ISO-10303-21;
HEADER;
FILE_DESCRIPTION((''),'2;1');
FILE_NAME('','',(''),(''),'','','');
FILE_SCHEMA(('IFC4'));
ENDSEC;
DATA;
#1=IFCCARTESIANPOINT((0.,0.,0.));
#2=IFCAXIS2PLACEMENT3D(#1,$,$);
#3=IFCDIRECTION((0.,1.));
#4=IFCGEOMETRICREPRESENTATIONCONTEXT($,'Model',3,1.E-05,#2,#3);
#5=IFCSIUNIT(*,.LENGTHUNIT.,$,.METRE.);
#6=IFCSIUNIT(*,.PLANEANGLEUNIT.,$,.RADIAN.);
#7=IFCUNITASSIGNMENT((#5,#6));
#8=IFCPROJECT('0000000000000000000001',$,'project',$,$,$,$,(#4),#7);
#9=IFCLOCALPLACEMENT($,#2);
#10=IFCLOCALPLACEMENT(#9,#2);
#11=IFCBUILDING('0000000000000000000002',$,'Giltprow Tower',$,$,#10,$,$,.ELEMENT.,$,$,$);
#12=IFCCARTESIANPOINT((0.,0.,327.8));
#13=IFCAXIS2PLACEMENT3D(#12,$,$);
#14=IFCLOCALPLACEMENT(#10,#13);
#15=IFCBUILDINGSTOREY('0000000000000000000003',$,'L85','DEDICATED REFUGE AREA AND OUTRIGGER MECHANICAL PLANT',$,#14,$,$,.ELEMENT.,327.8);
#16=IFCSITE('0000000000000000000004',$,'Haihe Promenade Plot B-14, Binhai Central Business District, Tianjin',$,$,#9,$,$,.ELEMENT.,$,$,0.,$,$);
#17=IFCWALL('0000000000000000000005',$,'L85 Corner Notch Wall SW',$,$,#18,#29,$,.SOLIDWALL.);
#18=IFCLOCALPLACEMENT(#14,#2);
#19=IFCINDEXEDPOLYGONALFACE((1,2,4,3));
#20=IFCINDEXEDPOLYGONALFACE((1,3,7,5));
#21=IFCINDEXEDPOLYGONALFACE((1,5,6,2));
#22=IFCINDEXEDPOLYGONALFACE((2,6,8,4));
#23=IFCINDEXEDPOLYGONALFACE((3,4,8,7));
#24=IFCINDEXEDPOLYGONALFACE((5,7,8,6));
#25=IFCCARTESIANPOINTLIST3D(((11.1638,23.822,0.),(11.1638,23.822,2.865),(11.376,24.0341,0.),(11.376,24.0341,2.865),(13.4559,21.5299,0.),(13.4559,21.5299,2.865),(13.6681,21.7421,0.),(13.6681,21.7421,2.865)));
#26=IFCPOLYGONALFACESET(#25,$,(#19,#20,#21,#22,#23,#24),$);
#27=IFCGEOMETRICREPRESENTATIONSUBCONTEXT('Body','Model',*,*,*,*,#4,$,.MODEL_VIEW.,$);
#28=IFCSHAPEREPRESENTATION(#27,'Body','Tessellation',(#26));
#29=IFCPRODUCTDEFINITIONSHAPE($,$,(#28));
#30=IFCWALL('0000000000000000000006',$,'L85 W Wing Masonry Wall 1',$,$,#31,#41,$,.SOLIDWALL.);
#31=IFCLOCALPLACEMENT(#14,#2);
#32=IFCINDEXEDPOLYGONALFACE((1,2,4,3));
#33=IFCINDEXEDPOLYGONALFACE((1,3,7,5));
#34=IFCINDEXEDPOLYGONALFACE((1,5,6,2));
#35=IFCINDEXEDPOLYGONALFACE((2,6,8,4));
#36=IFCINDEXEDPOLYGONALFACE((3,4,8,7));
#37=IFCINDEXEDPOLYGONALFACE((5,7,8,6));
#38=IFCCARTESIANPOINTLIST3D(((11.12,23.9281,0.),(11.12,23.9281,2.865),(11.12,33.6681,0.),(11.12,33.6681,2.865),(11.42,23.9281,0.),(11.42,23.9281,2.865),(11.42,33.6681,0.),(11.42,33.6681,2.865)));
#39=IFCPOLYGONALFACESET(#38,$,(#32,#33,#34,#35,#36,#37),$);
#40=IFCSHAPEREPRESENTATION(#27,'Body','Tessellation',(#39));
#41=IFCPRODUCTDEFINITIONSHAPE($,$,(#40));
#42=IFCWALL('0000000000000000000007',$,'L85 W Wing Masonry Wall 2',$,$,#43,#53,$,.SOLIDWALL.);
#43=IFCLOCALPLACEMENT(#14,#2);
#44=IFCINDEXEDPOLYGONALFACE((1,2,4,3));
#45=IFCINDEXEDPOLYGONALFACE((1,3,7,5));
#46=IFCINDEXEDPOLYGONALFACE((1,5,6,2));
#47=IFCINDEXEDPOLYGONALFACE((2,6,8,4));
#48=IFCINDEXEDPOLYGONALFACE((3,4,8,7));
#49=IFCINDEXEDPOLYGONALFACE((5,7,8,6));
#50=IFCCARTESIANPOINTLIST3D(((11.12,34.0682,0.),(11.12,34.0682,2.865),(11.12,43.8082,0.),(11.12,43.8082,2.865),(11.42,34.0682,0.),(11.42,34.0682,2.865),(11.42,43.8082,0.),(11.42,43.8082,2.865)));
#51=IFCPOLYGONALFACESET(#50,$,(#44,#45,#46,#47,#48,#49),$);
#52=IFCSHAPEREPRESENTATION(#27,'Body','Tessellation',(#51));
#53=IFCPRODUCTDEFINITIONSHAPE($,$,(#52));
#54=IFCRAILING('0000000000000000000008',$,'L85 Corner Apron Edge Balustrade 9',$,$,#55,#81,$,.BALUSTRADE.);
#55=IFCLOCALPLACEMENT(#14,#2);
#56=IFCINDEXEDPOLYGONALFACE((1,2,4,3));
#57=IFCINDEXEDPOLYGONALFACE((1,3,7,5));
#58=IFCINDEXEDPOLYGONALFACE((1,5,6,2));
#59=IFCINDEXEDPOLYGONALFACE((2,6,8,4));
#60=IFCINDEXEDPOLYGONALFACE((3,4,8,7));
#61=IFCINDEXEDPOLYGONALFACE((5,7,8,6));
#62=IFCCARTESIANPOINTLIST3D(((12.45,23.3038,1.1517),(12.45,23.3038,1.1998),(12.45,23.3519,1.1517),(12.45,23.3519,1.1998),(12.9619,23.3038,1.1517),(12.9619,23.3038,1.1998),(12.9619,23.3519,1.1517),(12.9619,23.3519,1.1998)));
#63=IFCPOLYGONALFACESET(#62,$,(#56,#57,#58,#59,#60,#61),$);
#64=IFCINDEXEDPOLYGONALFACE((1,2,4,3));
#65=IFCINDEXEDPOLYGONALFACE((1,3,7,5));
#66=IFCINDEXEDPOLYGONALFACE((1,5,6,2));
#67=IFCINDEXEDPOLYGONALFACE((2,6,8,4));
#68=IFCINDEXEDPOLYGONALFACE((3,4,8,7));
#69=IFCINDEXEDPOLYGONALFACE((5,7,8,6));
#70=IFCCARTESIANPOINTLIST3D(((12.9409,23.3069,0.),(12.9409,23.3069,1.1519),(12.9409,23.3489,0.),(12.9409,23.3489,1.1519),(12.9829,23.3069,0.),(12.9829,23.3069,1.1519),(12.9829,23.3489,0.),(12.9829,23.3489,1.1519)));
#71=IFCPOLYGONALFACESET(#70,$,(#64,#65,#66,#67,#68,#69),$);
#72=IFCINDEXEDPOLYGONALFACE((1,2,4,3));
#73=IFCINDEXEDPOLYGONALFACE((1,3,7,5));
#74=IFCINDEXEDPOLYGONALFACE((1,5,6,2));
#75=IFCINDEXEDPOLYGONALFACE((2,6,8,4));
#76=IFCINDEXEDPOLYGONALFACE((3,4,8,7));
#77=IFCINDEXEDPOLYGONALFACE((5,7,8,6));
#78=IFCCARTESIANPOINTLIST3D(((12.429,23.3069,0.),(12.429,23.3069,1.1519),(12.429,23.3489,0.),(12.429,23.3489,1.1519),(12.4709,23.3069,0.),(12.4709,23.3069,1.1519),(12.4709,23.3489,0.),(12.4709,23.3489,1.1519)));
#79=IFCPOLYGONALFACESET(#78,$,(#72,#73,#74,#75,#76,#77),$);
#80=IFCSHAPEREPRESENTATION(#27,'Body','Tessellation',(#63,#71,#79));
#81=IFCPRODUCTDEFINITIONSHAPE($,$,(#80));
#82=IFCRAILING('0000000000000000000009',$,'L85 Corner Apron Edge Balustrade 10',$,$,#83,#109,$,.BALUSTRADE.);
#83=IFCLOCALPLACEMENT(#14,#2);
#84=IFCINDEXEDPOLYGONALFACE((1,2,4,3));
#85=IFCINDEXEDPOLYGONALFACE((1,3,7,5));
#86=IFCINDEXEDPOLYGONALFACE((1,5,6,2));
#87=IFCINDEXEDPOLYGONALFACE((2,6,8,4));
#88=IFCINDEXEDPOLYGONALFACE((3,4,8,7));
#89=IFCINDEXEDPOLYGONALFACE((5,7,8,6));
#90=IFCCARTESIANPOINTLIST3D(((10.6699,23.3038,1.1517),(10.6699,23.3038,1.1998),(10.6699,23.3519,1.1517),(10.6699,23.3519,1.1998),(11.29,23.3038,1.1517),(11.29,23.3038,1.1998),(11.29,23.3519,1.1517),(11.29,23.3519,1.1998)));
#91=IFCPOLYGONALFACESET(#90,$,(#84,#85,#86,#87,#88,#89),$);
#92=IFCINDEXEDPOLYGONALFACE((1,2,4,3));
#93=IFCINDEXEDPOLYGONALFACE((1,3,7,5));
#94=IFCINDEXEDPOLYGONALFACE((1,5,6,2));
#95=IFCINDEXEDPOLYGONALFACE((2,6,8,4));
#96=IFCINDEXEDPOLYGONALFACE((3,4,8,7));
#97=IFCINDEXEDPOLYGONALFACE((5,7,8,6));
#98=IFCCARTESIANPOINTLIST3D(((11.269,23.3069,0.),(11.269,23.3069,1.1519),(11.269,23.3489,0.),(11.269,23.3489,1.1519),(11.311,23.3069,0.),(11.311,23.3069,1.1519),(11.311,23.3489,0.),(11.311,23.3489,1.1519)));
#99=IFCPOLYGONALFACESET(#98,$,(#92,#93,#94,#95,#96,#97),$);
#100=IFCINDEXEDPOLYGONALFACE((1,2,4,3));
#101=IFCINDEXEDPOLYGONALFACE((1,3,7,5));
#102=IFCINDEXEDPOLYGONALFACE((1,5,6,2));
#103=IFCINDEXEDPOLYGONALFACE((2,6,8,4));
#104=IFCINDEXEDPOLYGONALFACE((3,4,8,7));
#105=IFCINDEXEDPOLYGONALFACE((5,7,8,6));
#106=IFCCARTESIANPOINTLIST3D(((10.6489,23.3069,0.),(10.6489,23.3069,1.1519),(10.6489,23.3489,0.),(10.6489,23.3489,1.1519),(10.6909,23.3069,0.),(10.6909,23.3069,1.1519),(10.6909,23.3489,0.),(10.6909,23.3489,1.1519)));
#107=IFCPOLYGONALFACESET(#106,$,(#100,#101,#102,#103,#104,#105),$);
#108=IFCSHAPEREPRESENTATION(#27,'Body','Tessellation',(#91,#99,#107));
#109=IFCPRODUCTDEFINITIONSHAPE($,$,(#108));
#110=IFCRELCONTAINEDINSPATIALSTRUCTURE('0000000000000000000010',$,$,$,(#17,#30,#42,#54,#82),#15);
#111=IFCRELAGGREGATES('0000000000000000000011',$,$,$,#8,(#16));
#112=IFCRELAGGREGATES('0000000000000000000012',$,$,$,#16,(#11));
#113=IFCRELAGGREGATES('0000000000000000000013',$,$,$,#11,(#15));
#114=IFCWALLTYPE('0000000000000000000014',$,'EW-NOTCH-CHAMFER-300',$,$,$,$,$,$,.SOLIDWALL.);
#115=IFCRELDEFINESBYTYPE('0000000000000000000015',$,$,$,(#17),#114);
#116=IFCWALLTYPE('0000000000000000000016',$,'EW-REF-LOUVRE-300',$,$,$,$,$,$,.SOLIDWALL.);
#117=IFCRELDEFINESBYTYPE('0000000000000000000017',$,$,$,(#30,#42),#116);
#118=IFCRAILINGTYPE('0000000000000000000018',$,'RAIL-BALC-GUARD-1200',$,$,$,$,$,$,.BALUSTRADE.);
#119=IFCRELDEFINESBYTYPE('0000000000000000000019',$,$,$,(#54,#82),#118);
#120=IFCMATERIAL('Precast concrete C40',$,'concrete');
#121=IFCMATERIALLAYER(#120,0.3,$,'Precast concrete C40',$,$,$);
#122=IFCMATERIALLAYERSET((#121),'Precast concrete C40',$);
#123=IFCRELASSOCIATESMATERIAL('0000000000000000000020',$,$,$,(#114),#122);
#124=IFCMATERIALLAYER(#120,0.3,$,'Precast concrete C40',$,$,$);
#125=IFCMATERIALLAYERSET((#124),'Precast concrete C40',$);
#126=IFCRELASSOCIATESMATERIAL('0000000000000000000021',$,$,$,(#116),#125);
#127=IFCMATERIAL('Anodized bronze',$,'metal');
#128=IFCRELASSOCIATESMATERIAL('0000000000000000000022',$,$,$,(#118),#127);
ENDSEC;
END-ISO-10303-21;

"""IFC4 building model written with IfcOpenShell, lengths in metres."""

from ifc_helpers import new_model, si_unit, direction, frame, frame_2d, origin, origin_2d, place, context, subcontext, project, spatial, rectangle, extrude, material, layer, layer_set, type_object, element, save


model = new_model("IFC4")

# Units and contexts
model_context = context("Model", 3, precision=1e-05, world=origin(), true_north=direction((0.0, 1.0)))
body_context = subcontext(model_context, "Body", "Model", "MODEL_VIEW")
ifc_project = project(units=[si_unit("LENGTHUNIT", "METRE"), si_unit("PLANEANGLEUNIT", "RADIAN")], contexts=[model_context])

# Site, building, storey
site_placement = place(None, origin())
site = spatial("IfcSite", under=ifc_project, at=site_placement, Name="Haihe Promenade Plot B-14, Binhai Central Business District, Tianjin", CompositionType="ELEMENT", RefElevation=0.0)
building_placement = place(site_placement, origin())
building = spatial("IfcBuilding", under=site, at=building_placement, Name="Giltprow Tower", CompositionType="ELEMENT")
storey_placement = place(building_placement, frame((0.0, 0.0, 327.8)))
storey = spatial("IfcBuildingStorey", under=building, at=storey_placement, Name="L85", Description="DEDICATED REFUGE AREA AND OUTRIGGER MECHANICAL PLANT", CompositionType="ELEMENT", Elevation=327.8)

# Walls
ifc_material_1 = material(Name="Precast concrete C40", Category="concrete")
ifc_layer_1 = layer(ifc_material_1, 0.3, Name="Precast concrete C40")
ifc_layer_set_1 = layer_set([ifc_layer_1], Name="Precast concrete C40")
wall_type_1 = type_object("IfcWallType", Name="EW-NOTCH-CHAMFER-300", PredefinedType="SOLIDWALL", material=ifc_layer_set_1)
wall_placement = place(storey_placement, frame((11.27, 23.928, 0.0), z_axis=(0.0, 0.0, 1.0), x_axis=(0.707107, -0.707107, 0.0)))
element("IfcWall", 1, at=wall_placement, inside=storey, type_object=wall_type_1, Name="L85 Corner Notch Wall SW", PredefinedType="SOLIDWALL", context=body_context, shape_type="SweptSolid", body=[
    extrude(rectangle(XDim=3.2415, YDim=0.3, at=frame_2d((1.6206, 0.0))), origin(), (0.0, 0.0, 1.0), 2.865),
])
ifc_layer_2 = layer(ifc_material_1, 0.3, Name="Precast concrete C40")
ifc_layer_set_2 = layer_set([ifc_layer_2], Name="Precast concrete C40")
wall_type_2 = type_object("IfcWallType", Name="EW-REF-LOUVRE-300", PredefinedType="SOLIDWALL", material=ifc_layer_set_2)
for number, where, z_axis, x_axis, name in (
    (2, (11.27, 23.928, 0.0), (0.0, 0.0, 1.0), (0.0, 1.0, 0.0), "L85 W Wing Masonry Wall 1"),
    (3, (11.27, 34.0681, 0.0), (0.0, 0.0, 1.0), (0.0, 1.0, 0.0), "L85 W Wing Masonry Wall 2"),
):
    element("IfcWall", number, at=place(storey_placement, frame(where, z_axis=z_axis, x_axis=x_axis)), inside=storey, type_object=wall_type_2, Name=name, PredefinedType="SOLIDWALL", context=body_context, shape_type="SweptSolid", body=[
        extrude(rectangle(XDim=9.74, YDim=0.3, at=frame_2d((4.8701, 0.0))), origin(), (0.0, 0.0, 1.0), 2.865),
    ])

# Railings
ifc_material_2 = material(Name="Anodized bronze", Category="metal")
railing_type = type_object("IfcRailingType", Name="RAIL-BALC-GUARD-1200", PredefinedType="BALUSTRADE", material=ifc_material_2)
railing_1_placement = place(storey_placement, frame((12.9619, 23.3279, 0.0)))
element("IfcRailing", 4, at=railing_1_placement, inside=storey, type_object=railing_type, Name="L85 Corner Apron Edge Balustrade 9", PredefinedType="BALUSTRADE", context=body_context, shape_type="SweptSolid", body=[
    extrude(rectangle(XDim=0.0481, YDim=0.0481, at=origin_2d()), frame((0.0, 0.0, 1.1758), z_axis=(-1.0, 0.0, 0.0), x_axis=(0.0, -1.0, 0.0)), (0.0, 0.0, 1.0), 0.512),
    extrude(rectangle(XDim=0.042, YDim=0.042, at=origin_2d()), origin(), (0.0, 0.0, 1.0), 1.1519),
    extrude(rectangle(XDim=0.042, YDim=0.042, at=origin_2d()), frame((-0.512, 0.0, 0.0)), (0.0, 0.0, 1.0), 1.1519),
])
railing_2_placement = place(storey_placement, frame((11.29, 23.3279, 0.0)))
element("IfcRailing", 5, at=railing_2_placement, inside=storey, type_object=railing_type, Name="L85 Corner Apron Edge Balustrade 10", PredefinedType="BALUSTRADE", context=body_context, shape_type="SweptSolid", body=[
    extrude(rectangle(XDim=0.0481, YDim=0.0481, at=origin_2d()), frame((0.0, 0.0, 1.1758), z_axis=(-1.0, 0.0, 0.0), x_axis=(0.0, -1.0, 0.0)), (0.0, 0.0, 1.0), 0.6201),
    extrude(rectangle(XDim=0.042, YDim=0.042, at=origin_2d()), origin(), (0.0, 0.0, 1.0), 1.1519),
    extrude(rectangle(XDim=0.042, YDim=0.042, at=origin_2d()), frame((-0.6201, 0.0, 0.0)), (0.0, 0.0, 1.0), 1.1519),
])

save(model, "model.ifc")
